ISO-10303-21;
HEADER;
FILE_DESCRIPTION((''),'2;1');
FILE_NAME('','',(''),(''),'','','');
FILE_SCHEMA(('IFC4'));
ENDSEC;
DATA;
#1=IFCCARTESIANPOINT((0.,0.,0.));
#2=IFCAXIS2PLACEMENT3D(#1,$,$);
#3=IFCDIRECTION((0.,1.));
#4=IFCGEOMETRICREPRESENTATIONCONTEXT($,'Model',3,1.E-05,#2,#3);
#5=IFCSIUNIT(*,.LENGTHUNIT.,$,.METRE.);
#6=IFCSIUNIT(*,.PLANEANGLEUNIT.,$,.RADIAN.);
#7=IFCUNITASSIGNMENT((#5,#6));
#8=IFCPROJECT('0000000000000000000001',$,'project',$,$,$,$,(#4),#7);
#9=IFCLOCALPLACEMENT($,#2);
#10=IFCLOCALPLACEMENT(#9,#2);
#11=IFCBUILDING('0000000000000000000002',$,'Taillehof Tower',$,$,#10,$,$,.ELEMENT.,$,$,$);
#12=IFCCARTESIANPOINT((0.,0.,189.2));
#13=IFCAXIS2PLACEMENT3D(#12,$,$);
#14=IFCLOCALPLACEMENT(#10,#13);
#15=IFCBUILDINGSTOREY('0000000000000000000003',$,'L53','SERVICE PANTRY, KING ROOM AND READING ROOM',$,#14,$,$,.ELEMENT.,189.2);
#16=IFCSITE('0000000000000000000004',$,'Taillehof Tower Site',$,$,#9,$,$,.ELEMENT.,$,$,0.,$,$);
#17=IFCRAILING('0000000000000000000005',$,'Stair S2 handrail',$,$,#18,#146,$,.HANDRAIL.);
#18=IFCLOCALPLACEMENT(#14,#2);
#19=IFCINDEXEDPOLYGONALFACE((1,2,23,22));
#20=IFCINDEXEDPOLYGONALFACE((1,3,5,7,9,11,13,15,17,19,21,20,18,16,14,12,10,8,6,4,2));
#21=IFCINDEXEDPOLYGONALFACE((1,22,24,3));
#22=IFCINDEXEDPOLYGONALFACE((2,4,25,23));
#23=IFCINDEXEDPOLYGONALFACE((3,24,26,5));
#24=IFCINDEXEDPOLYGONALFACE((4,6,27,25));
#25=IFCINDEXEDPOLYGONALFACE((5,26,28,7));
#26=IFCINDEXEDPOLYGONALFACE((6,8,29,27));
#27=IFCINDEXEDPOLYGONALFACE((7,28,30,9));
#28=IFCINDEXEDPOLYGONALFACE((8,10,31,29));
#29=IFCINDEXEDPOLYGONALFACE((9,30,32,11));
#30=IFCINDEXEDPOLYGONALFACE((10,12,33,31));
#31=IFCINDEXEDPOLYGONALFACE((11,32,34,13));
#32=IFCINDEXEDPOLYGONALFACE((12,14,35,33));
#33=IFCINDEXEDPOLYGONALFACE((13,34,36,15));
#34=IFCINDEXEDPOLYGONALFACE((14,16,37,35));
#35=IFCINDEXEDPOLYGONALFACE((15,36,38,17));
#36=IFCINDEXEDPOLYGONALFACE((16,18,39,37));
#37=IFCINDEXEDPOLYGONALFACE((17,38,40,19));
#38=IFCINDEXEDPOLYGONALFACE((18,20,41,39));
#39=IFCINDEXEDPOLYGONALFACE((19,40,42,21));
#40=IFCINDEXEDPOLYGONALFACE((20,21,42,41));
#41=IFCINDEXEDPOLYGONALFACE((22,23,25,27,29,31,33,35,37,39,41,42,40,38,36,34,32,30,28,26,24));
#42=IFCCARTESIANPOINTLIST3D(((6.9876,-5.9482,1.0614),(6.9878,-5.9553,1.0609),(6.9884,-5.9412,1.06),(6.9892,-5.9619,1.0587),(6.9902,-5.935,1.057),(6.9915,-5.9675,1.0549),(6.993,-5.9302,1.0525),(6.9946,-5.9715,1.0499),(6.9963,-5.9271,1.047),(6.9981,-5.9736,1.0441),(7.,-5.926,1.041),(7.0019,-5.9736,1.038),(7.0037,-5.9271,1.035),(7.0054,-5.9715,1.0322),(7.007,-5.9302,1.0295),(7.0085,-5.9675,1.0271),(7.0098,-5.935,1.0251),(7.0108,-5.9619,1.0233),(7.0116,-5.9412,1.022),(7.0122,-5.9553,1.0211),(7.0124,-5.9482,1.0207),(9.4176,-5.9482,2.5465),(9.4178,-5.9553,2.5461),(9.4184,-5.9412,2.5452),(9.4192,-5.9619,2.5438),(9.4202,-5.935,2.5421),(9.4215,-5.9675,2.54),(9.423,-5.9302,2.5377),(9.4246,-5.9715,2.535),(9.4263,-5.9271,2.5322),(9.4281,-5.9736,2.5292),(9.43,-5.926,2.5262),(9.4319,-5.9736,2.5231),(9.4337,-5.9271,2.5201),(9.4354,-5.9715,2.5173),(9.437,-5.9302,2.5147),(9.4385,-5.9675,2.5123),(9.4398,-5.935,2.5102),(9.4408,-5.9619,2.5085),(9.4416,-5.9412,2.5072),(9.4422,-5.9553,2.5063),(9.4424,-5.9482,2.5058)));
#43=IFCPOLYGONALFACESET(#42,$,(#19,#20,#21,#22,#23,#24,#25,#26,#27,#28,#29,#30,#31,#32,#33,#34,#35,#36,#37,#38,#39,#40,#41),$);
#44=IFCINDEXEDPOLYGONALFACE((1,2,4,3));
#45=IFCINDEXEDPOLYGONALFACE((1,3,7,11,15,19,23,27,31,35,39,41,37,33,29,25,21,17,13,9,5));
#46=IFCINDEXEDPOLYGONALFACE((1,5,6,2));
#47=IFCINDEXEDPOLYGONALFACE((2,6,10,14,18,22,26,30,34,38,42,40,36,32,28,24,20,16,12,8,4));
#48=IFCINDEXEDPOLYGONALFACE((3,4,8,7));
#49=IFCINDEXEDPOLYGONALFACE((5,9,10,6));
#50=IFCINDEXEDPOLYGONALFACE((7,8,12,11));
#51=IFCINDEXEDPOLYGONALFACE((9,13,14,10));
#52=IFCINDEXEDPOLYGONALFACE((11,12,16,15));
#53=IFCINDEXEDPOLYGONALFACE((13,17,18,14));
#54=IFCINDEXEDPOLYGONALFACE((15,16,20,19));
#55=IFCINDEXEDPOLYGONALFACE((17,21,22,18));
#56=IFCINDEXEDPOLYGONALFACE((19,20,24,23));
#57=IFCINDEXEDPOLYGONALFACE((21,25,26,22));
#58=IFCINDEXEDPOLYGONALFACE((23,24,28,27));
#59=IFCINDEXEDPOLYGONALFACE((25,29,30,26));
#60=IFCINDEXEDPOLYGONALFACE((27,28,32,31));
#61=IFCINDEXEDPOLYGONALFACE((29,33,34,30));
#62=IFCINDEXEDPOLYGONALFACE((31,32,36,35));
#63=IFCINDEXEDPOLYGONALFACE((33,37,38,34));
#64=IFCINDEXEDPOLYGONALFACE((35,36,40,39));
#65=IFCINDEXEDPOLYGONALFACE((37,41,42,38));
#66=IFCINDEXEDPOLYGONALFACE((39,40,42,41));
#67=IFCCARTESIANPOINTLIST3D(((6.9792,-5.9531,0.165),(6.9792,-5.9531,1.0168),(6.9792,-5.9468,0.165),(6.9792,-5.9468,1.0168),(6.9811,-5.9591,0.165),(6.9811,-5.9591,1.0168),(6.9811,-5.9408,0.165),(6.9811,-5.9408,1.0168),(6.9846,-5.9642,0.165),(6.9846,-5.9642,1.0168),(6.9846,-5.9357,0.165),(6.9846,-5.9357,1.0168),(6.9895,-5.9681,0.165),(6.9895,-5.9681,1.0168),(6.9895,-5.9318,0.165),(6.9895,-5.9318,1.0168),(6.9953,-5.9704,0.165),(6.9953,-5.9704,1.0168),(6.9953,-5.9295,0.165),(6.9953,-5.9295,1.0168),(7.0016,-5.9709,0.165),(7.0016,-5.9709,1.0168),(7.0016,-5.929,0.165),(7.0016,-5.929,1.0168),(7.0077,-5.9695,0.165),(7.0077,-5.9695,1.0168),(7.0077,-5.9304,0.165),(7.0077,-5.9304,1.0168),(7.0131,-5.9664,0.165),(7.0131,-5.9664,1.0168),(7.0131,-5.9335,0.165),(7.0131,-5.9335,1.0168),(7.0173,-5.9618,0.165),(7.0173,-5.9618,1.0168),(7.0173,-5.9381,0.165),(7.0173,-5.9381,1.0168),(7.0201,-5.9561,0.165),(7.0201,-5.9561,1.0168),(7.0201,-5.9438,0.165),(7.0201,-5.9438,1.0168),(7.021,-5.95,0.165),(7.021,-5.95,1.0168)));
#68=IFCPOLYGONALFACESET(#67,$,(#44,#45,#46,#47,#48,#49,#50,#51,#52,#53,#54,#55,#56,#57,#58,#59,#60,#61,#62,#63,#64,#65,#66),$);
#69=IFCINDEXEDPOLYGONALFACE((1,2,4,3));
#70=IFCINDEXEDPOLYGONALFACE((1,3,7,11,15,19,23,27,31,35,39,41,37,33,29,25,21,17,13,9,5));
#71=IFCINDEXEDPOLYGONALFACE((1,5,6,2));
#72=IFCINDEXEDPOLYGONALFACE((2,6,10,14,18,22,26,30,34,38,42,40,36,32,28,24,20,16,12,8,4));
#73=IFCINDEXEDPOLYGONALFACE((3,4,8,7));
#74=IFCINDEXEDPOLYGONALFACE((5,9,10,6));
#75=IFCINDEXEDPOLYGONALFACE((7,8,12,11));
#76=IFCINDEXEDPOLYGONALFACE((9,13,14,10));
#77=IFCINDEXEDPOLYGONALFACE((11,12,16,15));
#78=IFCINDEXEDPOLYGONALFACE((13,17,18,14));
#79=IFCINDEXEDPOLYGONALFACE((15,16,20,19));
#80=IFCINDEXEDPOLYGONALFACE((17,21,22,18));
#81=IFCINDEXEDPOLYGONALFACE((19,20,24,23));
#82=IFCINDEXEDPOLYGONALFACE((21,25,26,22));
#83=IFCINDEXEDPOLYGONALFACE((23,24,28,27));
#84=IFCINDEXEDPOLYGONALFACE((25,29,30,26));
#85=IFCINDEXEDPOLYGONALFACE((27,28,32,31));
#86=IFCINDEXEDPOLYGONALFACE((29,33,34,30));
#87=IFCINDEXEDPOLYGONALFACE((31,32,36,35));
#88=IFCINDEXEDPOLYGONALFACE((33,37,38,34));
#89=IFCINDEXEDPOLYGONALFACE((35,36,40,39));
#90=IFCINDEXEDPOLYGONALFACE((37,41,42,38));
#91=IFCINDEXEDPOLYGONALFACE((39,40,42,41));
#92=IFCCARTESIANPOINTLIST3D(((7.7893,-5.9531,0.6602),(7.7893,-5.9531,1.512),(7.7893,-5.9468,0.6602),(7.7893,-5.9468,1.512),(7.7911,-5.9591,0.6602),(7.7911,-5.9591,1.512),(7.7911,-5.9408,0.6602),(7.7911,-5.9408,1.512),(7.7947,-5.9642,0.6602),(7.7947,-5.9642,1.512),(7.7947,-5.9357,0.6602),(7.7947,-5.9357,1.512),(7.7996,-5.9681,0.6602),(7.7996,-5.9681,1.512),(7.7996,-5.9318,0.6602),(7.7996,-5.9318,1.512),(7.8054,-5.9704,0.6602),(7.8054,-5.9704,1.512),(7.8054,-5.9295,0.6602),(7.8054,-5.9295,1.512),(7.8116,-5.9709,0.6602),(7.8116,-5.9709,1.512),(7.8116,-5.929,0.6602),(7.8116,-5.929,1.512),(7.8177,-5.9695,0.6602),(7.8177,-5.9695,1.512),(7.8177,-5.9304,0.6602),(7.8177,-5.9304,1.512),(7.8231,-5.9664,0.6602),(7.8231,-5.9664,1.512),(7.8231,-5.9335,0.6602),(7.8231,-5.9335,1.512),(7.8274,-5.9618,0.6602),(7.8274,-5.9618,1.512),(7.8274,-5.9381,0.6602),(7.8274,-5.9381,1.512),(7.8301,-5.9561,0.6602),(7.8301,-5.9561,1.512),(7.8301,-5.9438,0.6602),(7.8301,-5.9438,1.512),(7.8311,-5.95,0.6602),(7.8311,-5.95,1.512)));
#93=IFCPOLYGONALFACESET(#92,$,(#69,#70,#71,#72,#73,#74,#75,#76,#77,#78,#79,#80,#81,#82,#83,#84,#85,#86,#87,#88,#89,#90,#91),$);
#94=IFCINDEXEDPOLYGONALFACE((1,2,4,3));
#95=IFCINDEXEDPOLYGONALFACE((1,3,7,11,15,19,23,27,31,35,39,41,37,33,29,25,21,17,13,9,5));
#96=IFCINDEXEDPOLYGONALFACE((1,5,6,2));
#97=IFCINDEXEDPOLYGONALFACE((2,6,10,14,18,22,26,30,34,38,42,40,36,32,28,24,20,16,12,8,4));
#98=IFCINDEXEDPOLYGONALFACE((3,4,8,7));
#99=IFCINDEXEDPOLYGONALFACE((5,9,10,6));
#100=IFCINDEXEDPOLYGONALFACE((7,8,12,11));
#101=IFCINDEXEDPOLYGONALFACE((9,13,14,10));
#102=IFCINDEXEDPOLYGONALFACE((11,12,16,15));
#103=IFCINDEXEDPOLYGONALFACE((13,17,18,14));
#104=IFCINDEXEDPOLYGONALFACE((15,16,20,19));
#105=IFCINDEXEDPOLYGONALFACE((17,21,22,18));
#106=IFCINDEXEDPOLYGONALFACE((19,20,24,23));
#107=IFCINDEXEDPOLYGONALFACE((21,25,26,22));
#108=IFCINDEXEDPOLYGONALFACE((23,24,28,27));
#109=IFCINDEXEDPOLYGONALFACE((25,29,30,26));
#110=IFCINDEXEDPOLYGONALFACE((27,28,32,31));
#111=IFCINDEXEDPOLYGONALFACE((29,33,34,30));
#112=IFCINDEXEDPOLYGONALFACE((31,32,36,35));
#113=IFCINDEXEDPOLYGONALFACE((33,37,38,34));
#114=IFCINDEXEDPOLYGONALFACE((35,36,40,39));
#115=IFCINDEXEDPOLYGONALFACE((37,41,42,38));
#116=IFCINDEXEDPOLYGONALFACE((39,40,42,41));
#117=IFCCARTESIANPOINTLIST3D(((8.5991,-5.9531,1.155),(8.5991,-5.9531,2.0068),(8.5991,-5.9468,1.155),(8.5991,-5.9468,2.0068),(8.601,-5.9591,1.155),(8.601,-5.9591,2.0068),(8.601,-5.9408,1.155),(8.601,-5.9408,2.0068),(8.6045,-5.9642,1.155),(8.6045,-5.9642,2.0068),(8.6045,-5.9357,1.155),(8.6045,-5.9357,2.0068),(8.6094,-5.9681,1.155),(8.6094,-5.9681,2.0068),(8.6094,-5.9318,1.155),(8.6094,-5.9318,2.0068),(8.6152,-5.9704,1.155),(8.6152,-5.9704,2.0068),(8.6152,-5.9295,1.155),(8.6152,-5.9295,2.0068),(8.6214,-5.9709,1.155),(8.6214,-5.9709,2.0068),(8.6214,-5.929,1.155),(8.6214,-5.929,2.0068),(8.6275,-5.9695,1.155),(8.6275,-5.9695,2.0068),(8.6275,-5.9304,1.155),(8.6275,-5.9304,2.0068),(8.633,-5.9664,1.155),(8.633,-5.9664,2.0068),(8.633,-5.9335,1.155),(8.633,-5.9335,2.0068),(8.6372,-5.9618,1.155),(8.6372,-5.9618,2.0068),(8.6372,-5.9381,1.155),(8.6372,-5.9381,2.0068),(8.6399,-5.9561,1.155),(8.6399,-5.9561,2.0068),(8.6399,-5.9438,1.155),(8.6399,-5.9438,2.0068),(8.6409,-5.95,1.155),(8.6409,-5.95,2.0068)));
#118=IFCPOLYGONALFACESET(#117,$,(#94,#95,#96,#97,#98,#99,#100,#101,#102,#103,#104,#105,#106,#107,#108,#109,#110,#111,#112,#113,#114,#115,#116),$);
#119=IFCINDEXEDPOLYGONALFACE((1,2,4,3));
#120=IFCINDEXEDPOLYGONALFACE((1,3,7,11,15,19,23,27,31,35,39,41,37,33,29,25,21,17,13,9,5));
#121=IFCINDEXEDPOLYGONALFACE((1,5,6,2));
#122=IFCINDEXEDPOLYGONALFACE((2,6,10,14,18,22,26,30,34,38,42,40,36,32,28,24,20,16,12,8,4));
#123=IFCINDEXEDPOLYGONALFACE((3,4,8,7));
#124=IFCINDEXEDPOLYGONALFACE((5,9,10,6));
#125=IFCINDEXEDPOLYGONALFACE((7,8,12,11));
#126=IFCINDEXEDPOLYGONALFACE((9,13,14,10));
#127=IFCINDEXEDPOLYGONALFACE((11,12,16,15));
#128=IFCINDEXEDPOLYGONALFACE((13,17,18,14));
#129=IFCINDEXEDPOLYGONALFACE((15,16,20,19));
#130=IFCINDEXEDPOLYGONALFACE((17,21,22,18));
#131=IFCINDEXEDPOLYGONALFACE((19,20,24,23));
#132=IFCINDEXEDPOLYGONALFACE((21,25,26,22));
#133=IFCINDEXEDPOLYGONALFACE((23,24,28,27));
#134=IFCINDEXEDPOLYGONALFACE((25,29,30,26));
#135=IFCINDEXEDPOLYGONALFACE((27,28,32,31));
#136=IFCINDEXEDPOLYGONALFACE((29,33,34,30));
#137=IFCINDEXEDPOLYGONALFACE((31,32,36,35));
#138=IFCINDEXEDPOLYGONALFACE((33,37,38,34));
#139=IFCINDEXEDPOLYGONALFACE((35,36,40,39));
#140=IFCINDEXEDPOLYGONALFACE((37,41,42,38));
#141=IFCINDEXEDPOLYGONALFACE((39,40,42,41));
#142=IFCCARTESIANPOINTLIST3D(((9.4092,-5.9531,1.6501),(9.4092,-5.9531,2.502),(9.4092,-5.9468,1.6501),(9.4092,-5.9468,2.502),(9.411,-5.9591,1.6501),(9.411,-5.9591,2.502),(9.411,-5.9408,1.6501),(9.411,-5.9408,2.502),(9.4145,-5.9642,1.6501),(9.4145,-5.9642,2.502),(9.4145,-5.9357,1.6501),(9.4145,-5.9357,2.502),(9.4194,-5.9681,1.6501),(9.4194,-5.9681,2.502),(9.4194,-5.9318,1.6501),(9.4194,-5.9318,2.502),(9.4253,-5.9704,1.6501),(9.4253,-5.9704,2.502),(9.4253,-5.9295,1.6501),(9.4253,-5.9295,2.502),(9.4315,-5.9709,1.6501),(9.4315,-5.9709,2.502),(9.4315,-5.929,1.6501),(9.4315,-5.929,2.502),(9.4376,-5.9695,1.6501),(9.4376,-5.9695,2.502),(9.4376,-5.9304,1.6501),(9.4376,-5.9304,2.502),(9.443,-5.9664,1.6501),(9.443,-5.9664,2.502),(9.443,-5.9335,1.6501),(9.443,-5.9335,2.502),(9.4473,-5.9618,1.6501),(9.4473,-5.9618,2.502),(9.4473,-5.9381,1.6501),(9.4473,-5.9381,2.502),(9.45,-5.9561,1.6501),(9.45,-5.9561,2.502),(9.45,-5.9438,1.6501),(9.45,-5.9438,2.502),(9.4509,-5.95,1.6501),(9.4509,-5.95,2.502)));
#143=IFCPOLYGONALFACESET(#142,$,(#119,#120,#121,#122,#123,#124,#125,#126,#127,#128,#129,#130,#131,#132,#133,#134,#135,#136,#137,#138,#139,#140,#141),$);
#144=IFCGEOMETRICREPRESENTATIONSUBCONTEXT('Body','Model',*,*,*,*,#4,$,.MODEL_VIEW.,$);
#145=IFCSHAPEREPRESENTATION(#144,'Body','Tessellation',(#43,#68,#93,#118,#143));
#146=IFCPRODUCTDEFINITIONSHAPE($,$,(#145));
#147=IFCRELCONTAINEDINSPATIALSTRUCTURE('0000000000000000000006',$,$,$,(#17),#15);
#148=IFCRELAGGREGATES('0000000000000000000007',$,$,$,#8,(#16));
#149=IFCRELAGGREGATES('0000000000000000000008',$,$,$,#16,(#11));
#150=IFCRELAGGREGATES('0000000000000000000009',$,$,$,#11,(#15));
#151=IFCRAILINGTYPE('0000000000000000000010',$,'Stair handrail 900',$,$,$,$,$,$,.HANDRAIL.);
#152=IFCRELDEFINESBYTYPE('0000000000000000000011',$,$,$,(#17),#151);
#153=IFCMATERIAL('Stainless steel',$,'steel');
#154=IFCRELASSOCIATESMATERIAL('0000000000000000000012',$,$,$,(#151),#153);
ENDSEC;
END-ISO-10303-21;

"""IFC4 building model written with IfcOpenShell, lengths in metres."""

from ifc_helpers import new_model, si_unit, direction, frame, origin, origin_2d, place, context, subcontext, project, spatial, circle, extrude, material, type_object, element, save


model = new_model("IFC4")

# Units and contexts
model_context = context("Model", 3, precision=1e-05, world=origin(), true_north=direction((0.0, 1.0)))
body_context = subcontext(model_context, "Body", "Model", "MODEL_VIEW")
ifc_project = project(units=[si_unit("LENGTHUNIT", "METRE"), si_unit("PLANEANGLEUNIT", "RADIAN")], contexts=[model_context])

# Site, building, storey
site_placement = place(None, origin())
site = spatial("IfcSite", under=ifc_project, at=site_placement, Name="Taillehof Tower Site", CompositionType="ELEMENT", RefElevation=0.0)
building_placement = place(site_placement, origin())
building = spatial("IfcBuilding", under=site, at=building_placement, Name="Taillehof Tower", CompositionType="ELEMENT")
storey_placement = place(building_placement, frame((0.0, 0.0, 189.2)))
storey = spatial("IfcBuildingStorey", under=building, at=storey_placement, Name="L53", Description="SERVICE PANTRY, KING ROOM AND READING ROOM", CompositionType="ELEMENT", Elevation=189.2)

# Railing
ifc_material_1 = material(Name="Stainless steel", Category="steel")
railing_type = type_object("IfcRailingType", Name="Stair handrail 900", PredefinedType="HANDRAIL", material=ifc_material_1)
railing_placement = place(storey_placement, frame((7.0, -5.95, 0.165)))
element("IfcRailing", 1, at=railing_placement, inside=storey, type_object=railing_type, Name="Stair S2 handrail", PredefinedType="HANDRAIL", context=body_context, shape_type="SweptSolid", body=[
    extrude(circle(Radius=0.0239, at=origin_2d()), frame((0.0, 0.0, 0.876), z_axis=(0.853259, 0.0, 0.521488), x_axis=(0.0, 1.0, 0.0)), (0.0, 0.0, 1.0), 2.8479),
    extrude(circle(Radius=0.021, at=origin_2d()), origin(), (0.0, 0.0, 1.0), 0.8518),
    extrude(circle(Radius=0.021, at=origin_2d()), frame((0.8101, 0.0, 0.4951)), (0.0, 0.0, 1.0), 0.8518),
    extrude(circle(Radius=0.021, at=origin_2d()), frame((1.6199, 0.0, 0.99)), (0.0, 0.0, 1.0), 0.8518),
    extrude(circle(Radius=0.021, at=origin_2d()), frame((2.4299, 0.0, 1.4851)), (0.0, 0.0, 1.0), 0.8518),
])

save(model, "model.ifc")
